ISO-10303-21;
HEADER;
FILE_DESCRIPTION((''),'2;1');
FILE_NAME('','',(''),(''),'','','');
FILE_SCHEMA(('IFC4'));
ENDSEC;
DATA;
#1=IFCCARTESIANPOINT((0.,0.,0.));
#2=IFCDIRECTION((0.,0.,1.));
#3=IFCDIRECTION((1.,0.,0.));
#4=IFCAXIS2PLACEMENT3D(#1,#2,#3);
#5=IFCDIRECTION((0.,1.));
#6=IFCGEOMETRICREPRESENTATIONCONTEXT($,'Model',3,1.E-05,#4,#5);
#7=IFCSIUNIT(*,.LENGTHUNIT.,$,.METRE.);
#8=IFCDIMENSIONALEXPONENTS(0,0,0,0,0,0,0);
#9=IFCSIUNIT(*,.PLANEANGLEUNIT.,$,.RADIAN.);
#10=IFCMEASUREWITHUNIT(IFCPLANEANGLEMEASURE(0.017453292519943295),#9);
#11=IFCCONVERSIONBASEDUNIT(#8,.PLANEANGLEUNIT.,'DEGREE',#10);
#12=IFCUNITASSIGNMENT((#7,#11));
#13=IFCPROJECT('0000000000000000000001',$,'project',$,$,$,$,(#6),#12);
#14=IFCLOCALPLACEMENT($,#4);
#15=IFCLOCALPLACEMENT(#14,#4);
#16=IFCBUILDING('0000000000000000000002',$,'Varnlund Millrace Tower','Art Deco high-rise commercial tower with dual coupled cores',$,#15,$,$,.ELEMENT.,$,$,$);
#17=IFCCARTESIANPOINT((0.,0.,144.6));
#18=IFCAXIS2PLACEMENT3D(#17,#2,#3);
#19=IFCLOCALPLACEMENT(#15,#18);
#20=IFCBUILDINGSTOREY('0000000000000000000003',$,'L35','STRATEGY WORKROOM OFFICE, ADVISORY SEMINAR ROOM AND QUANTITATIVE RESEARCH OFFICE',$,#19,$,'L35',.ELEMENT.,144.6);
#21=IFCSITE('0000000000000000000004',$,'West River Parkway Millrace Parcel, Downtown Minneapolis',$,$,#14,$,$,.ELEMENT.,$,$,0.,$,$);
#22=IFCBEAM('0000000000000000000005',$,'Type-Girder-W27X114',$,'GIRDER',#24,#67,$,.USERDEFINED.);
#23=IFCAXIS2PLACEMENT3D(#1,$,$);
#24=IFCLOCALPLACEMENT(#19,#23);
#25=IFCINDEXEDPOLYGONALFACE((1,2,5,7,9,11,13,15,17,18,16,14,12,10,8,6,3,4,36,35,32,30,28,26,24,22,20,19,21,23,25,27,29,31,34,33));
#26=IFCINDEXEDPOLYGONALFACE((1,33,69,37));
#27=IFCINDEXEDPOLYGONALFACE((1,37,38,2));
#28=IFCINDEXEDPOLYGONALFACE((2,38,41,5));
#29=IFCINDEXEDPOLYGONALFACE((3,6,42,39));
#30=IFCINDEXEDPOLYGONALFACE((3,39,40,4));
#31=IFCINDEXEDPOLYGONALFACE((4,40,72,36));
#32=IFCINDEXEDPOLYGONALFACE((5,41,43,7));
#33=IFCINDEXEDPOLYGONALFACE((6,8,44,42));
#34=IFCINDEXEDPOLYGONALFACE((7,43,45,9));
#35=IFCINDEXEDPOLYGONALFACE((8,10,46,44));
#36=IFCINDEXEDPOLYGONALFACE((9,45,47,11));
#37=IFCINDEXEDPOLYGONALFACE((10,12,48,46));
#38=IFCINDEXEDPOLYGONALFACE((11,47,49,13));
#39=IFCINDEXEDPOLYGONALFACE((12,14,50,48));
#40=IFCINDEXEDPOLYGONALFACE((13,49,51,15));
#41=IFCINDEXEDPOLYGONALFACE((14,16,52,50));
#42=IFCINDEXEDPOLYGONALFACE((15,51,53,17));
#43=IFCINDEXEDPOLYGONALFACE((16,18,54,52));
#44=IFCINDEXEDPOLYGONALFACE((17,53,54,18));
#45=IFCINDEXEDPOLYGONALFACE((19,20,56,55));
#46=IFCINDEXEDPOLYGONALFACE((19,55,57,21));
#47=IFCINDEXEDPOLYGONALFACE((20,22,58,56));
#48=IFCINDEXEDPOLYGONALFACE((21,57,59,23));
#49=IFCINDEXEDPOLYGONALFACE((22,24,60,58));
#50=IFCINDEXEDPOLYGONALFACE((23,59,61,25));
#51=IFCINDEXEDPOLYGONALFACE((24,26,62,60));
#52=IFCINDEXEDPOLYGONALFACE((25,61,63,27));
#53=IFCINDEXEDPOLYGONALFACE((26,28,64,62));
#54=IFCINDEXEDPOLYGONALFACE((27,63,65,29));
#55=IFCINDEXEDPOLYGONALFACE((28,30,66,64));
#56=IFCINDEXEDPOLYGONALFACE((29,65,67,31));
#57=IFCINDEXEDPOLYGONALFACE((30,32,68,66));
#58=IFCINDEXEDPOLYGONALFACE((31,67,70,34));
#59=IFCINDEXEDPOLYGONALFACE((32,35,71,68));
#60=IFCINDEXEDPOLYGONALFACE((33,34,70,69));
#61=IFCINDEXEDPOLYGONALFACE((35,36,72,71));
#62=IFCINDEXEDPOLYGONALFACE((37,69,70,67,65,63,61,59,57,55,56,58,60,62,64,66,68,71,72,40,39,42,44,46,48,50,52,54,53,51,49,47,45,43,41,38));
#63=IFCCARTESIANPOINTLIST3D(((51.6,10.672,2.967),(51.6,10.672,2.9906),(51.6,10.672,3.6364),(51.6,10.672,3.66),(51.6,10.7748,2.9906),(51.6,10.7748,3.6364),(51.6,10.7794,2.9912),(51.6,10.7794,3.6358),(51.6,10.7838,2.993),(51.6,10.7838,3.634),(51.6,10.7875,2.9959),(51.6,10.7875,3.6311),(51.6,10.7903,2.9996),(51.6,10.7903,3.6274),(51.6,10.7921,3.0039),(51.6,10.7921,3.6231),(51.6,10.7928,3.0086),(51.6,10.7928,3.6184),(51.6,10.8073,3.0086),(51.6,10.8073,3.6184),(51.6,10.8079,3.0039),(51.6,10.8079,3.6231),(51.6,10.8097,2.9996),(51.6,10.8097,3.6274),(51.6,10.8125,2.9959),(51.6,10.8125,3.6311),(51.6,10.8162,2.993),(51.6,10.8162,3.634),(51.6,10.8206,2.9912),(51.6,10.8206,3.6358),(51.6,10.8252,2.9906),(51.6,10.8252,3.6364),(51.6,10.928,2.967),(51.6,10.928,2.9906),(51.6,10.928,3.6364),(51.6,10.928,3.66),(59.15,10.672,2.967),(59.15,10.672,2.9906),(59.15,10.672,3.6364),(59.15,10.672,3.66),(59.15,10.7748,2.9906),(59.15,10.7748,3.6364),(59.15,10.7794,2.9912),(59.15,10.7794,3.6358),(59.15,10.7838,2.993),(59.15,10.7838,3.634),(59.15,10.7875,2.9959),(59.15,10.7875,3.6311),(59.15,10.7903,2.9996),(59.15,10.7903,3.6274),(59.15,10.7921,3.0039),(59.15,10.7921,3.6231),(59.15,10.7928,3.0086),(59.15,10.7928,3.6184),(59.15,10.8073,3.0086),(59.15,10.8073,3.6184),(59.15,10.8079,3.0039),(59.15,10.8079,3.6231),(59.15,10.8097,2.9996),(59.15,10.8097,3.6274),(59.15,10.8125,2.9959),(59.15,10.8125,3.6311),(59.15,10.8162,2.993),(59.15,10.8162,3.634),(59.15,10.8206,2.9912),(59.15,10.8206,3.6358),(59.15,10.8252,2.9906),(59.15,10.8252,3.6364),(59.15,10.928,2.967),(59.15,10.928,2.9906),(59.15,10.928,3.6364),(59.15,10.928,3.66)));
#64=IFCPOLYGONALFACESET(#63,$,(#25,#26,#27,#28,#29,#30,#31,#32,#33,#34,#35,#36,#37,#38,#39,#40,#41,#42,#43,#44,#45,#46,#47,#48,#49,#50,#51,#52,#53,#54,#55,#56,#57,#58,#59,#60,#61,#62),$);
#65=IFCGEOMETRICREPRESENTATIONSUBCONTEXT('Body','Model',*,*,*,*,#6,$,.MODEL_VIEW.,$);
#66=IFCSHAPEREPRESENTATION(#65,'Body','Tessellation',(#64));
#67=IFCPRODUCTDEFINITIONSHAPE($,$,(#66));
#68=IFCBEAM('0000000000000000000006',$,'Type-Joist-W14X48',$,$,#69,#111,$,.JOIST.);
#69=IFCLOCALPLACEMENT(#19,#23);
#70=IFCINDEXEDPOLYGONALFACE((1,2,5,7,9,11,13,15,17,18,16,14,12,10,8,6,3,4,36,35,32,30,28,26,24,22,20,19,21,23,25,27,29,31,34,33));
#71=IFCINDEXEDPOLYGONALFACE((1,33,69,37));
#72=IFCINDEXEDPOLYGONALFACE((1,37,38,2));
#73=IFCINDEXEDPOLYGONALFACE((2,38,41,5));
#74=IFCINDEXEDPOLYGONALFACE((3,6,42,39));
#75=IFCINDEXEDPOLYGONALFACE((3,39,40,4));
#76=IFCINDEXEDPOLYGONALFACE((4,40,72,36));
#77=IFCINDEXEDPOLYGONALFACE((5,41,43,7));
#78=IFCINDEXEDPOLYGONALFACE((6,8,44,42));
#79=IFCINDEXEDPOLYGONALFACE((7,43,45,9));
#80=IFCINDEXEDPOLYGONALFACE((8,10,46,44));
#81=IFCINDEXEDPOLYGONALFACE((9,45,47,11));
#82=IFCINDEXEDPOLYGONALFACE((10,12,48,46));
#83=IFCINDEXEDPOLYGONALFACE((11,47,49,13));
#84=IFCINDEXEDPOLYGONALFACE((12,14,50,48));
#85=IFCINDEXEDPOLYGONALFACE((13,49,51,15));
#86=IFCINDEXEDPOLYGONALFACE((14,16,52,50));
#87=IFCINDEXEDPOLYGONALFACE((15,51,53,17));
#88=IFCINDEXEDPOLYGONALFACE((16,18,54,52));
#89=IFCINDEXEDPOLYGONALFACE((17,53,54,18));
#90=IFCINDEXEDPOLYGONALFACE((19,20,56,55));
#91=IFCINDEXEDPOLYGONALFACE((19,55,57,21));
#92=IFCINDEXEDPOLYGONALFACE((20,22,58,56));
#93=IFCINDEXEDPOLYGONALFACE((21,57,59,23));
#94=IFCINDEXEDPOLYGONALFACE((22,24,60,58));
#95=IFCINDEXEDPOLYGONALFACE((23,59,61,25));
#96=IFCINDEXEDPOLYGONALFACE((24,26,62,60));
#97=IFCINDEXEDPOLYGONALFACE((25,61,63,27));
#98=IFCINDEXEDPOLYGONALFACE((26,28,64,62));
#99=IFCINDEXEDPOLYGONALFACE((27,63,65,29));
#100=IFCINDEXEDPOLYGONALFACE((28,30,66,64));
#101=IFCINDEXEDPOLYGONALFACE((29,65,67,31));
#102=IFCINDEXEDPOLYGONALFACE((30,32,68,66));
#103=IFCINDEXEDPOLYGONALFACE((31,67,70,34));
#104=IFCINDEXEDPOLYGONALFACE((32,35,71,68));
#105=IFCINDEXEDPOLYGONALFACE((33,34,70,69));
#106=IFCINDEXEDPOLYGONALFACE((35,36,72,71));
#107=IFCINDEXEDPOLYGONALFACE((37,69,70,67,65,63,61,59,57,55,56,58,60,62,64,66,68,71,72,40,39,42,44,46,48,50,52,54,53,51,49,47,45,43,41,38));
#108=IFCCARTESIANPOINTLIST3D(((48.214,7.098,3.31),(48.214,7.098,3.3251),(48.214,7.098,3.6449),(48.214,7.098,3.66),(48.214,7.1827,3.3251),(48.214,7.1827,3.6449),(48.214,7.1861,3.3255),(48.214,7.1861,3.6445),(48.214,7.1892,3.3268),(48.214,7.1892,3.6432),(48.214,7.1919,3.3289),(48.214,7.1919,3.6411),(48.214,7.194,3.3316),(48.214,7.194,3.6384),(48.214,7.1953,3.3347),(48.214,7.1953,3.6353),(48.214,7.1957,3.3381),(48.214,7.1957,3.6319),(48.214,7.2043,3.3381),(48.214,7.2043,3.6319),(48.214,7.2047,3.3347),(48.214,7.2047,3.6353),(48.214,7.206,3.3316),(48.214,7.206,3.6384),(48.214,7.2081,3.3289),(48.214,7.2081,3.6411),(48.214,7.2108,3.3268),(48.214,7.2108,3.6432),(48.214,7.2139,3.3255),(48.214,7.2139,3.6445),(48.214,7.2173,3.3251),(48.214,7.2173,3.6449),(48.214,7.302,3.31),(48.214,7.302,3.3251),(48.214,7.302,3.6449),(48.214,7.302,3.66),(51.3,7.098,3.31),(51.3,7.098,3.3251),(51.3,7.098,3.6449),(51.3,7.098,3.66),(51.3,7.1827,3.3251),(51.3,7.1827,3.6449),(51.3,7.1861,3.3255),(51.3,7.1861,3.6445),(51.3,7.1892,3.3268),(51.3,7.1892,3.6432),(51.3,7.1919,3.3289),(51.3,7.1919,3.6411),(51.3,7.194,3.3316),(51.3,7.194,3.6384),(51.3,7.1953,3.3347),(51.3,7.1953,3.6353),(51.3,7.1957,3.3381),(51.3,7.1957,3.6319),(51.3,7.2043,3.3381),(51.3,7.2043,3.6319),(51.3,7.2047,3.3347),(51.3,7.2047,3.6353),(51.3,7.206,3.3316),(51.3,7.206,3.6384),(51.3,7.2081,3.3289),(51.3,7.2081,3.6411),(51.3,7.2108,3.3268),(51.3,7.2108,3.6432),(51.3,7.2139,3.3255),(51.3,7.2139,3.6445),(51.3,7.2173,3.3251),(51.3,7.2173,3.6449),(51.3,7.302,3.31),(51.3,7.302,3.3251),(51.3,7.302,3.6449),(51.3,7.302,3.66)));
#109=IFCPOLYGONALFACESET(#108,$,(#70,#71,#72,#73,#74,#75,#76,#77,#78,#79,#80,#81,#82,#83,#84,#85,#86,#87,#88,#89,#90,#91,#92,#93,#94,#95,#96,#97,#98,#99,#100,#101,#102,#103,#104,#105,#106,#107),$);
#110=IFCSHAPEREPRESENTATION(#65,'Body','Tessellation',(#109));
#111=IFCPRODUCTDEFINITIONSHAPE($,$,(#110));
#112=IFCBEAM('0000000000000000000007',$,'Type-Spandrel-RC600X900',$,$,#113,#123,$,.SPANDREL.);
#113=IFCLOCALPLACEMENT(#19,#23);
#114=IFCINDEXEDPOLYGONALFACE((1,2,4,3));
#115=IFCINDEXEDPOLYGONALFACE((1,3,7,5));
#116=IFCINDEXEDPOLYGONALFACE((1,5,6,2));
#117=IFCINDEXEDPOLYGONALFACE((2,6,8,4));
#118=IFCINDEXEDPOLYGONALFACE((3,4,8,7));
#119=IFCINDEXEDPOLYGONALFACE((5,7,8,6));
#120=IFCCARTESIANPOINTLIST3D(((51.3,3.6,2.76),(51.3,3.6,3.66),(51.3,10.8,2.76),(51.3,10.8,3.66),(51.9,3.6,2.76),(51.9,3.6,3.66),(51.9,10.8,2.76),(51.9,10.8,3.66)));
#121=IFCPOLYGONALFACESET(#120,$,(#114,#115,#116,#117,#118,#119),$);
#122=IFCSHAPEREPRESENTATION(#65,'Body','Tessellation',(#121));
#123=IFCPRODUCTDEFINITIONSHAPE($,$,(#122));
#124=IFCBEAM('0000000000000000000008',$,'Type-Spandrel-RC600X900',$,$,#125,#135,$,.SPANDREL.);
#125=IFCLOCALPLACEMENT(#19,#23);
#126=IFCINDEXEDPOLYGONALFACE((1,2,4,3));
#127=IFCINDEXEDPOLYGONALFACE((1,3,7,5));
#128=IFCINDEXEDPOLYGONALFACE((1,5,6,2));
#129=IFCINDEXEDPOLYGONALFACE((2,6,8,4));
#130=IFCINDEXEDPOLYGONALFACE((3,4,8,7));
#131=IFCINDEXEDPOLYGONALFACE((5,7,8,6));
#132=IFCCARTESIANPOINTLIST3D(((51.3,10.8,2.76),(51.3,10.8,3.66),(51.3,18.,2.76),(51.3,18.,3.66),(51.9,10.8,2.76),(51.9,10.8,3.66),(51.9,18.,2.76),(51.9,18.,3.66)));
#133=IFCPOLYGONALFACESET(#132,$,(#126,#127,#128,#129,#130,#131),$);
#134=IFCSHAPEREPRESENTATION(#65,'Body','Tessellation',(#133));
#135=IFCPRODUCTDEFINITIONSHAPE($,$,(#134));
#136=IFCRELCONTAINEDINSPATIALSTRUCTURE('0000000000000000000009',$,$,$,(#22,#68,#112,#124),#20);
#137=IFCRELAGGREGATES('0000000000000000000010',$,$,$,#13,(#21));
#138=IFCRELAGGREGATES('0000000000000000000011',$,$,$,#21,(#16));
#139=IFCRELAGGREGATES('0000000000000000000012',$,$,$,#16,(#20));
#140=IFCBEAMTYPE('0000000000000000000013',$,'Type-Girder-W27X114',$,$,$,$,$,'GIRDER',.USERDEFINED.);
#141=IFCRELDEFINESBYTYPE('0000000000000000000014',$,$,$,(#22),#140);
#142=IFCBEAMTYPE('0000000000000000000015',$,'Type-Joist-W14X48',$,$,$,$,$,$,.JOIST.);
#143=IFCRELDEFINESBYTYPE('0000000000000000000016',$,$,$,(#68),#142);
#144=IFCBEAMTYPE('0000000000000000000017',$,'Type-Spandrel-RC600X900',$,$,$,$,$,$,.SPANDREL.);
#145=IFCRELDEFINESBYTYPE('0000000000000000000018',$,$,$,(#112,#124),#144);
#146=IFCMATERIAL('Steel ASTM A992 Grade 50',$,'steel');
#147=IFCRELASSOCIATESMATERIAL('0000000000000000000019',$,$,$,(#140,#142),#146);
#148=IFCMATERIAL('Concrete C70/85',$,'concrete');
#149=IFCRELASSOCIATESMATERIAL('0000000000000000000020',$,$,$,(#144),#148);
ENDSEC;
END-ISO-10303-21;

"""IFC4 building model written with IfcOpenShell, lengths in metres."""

from ifc_helpers import new_model, entity, si_unit, converted_unit, direction, frame, origin_with_axes, origin_2d_with_axis, place, context, subcontext, project, spatial, rectangle, i_section, extrude, material, material_profile, profile_set, type_object, element, save


model = new_model("IFC4")

# Units and contexts
model_context = context("Model", 3, precision=1e-05, world=origin_with_axes(), true_north=direction((0.0, 1.0)))
body_context = subcontext(model_context, "Body", "Model", "MODEL_VIEW")
ifc_project = project(units=[si_unit("LENGTHUNIT", "METRE"), converted_unit("PLANEANGLEUNIT", "DEGREE", entity("IfcPlaneAngleMeasure", 0.017453292519943295), si_unit("PLANEANGLEUNIT", "RADIAN"), dimensions=[0, 0, 0, 0, 0, 0, 0])], contexts=[model_context])

# Site, building, storey
site_placement = place(None, origin_with_axes())
site = spatial("IfcSite", under=ifc_project, at=site_placement, Name="West River Parkway Millrace Parcel, Downtown Minneapolis", CompositionType="ELEMENT", RefElevation=0.0)
building_placement = place(site_placement, origin_with_axes())
building = spatial("IfcBuilding", under=site, at=building_placement, Name="Varnlund Millrace Tower", Description="Art Deco high-rise commercial tower with dual coupled cores", CompositionType="ELEMENT")
storey_placement = place(building_placement, frame((0.0, 0.0, 144.6), z_axis=(0.0, 0.0, 1.0), x_axis=(1.0, 0.0, 0.0)))
storey = spatial("IfcBuildingStorey", under=building, at=storey_placement, Name="L35", Description="STRATEGY WORKROOM OFFICE, ADVISORY SEMINAR ROOM AND QUANTITATIVE RESEARCH OFFICE", LongName="L35", CompositionType="ELEMENT", Elevation=144.6)

# Beams
ifc_material_1 = material(Name="Steel ASTM A992 Grade 50", Category="steel")
ifc_material_profile_1 = material_profile(ifc_material_1, i_section(OverallWidth=0.256, OverallDepth=0.693, WebThickness=0.0145, FlangeThickness=0.0236, FilletRadius=0.018, at=origin_2d_with_axis()), Name="Steel ASTM A992 Grade 50")
ifc_profile_set_1 = profile_set([ifc_material_profile_1], Name="Steel ASTM A992 Grade 50")
beam_type_1 = type_object("IfcBeamType", Name="Type-Girder-W27X114", ElementType="GIRDER", PredefinedType="USERDEFINED", material=ifc_profile_set_1)
beam_1_placement = place(storey_placement, frame((51.6, 10.8, 3.3135), z_axis=(1.0, 0.0, 0.0), x_axis=(0.0, 1.0, 0.0)))
element("IfcBeam", 1, at=beam_1_placement, inside=storey, type_object=beam_type_1, Name="Type-Girder-W27X114", ObjectType="GIRDER", PredefinedType="USERDEFINED", context=body_context, shape_type="SweptSolid", body=[
    extrude(i_section(OverallWidth=0.256, OverallDepth=0.693, WebThickness=0.0145, FlangeThickness=0.0236, FilletRadius=0.018, at=origin_2d_with_axis()), origin_with_axes(), (0.0, 0.0, 1.0), 7.55),
])
ifc_material_profile_2 = material_profile(ifc_material_1, i_section(OverallWidth=0.204, OverallDepth=0.35, WebThickness=0.0086, FlangeThickness=0.0151, FilletRadius=0.013, at=origin_2d_with_axis()), Name="Steel ASTM A992 Grade 50")
ifc_profile_set_2 = profile_set([ifc_material_profile_2], Name="Steel ASTM A992 Grade 50")
beam_type_2 = type_object("IfcBeamType", Name="Type-Joist-W14X48", PredefinedType="JOIST", material=ifc_profile_set_2)
beam_2_placement = place(storey_placement, frame((48.214, 7.2, 3.485), z_axis=(1.0, 0.0, 0.0), x_axis=(0.0, 1.0, 0.0)))
element("IfcBeam", 2, at=beam_2_placement, inside=storey, type_object=beam_type_2, Name="Type-Joist-W14X48", PredefinedType="JOIST", context=body_context, shape_type="SweptSolid", body=[
    extrude(i_section(OverallWidth=0.204, OverallDepth=0.35, WebThickness=0.0086, FlangeThickness=0.0151, FilletRadius=0.013, at=origin_2d_with_axis()), origin_with_axes(), (0.0, 0.0, 1.0), 3.086),
])
ifc_material_2 = material(Name="Concrete C70/85", Category="concrete")
ifc_material_profile_3 = material_profile(ifc_material_2, rectangle(XDim=0.6, YDim=0.9, at=origin_2d_with_axis()), Name="Concrete C70/85")
ifc_profile_set_3 = profile_set([ifc_material_profile_3], Name="Concrete C70/85")
beam_type_3 = type_object("IfcBeamType", Name="Type-Spandrel-RC600X900", PredefinedType="SPANDREL", material=ifc_profile_set_3)
for number, where, z_axis, x_axis, name in (
    (3, (51.6, 3.6, 3.21), (0.0, 1.0, 0.0), (-1.0, 0.0, 0.0), "Type-Spandrel-RC600X900"),
    (4, (51.6, 10.8, 3.21), (0.0, 1.0, 0.0), (-1.0, 0.0, 0.0), "Type-Spandrel-RC600X900"),
):
    element("IfcBeam", number, at=place(storey_placement, frame(where, z_axis=z_axis, x_axis=x_axis)), inside=storey, type_object=beam_type_3, Name=name, PredefinedType="SPANDREL", context=body_context, shape_type="SweptSolid", body=[
        extrude(rectangle(XDim=0.6, YDim=0.9, at=origin_2d_with_axis()), origin_with_axes(), (0.0, 0.0, 1.0), 7.2),
    ])

save(model, "model.ifc")
